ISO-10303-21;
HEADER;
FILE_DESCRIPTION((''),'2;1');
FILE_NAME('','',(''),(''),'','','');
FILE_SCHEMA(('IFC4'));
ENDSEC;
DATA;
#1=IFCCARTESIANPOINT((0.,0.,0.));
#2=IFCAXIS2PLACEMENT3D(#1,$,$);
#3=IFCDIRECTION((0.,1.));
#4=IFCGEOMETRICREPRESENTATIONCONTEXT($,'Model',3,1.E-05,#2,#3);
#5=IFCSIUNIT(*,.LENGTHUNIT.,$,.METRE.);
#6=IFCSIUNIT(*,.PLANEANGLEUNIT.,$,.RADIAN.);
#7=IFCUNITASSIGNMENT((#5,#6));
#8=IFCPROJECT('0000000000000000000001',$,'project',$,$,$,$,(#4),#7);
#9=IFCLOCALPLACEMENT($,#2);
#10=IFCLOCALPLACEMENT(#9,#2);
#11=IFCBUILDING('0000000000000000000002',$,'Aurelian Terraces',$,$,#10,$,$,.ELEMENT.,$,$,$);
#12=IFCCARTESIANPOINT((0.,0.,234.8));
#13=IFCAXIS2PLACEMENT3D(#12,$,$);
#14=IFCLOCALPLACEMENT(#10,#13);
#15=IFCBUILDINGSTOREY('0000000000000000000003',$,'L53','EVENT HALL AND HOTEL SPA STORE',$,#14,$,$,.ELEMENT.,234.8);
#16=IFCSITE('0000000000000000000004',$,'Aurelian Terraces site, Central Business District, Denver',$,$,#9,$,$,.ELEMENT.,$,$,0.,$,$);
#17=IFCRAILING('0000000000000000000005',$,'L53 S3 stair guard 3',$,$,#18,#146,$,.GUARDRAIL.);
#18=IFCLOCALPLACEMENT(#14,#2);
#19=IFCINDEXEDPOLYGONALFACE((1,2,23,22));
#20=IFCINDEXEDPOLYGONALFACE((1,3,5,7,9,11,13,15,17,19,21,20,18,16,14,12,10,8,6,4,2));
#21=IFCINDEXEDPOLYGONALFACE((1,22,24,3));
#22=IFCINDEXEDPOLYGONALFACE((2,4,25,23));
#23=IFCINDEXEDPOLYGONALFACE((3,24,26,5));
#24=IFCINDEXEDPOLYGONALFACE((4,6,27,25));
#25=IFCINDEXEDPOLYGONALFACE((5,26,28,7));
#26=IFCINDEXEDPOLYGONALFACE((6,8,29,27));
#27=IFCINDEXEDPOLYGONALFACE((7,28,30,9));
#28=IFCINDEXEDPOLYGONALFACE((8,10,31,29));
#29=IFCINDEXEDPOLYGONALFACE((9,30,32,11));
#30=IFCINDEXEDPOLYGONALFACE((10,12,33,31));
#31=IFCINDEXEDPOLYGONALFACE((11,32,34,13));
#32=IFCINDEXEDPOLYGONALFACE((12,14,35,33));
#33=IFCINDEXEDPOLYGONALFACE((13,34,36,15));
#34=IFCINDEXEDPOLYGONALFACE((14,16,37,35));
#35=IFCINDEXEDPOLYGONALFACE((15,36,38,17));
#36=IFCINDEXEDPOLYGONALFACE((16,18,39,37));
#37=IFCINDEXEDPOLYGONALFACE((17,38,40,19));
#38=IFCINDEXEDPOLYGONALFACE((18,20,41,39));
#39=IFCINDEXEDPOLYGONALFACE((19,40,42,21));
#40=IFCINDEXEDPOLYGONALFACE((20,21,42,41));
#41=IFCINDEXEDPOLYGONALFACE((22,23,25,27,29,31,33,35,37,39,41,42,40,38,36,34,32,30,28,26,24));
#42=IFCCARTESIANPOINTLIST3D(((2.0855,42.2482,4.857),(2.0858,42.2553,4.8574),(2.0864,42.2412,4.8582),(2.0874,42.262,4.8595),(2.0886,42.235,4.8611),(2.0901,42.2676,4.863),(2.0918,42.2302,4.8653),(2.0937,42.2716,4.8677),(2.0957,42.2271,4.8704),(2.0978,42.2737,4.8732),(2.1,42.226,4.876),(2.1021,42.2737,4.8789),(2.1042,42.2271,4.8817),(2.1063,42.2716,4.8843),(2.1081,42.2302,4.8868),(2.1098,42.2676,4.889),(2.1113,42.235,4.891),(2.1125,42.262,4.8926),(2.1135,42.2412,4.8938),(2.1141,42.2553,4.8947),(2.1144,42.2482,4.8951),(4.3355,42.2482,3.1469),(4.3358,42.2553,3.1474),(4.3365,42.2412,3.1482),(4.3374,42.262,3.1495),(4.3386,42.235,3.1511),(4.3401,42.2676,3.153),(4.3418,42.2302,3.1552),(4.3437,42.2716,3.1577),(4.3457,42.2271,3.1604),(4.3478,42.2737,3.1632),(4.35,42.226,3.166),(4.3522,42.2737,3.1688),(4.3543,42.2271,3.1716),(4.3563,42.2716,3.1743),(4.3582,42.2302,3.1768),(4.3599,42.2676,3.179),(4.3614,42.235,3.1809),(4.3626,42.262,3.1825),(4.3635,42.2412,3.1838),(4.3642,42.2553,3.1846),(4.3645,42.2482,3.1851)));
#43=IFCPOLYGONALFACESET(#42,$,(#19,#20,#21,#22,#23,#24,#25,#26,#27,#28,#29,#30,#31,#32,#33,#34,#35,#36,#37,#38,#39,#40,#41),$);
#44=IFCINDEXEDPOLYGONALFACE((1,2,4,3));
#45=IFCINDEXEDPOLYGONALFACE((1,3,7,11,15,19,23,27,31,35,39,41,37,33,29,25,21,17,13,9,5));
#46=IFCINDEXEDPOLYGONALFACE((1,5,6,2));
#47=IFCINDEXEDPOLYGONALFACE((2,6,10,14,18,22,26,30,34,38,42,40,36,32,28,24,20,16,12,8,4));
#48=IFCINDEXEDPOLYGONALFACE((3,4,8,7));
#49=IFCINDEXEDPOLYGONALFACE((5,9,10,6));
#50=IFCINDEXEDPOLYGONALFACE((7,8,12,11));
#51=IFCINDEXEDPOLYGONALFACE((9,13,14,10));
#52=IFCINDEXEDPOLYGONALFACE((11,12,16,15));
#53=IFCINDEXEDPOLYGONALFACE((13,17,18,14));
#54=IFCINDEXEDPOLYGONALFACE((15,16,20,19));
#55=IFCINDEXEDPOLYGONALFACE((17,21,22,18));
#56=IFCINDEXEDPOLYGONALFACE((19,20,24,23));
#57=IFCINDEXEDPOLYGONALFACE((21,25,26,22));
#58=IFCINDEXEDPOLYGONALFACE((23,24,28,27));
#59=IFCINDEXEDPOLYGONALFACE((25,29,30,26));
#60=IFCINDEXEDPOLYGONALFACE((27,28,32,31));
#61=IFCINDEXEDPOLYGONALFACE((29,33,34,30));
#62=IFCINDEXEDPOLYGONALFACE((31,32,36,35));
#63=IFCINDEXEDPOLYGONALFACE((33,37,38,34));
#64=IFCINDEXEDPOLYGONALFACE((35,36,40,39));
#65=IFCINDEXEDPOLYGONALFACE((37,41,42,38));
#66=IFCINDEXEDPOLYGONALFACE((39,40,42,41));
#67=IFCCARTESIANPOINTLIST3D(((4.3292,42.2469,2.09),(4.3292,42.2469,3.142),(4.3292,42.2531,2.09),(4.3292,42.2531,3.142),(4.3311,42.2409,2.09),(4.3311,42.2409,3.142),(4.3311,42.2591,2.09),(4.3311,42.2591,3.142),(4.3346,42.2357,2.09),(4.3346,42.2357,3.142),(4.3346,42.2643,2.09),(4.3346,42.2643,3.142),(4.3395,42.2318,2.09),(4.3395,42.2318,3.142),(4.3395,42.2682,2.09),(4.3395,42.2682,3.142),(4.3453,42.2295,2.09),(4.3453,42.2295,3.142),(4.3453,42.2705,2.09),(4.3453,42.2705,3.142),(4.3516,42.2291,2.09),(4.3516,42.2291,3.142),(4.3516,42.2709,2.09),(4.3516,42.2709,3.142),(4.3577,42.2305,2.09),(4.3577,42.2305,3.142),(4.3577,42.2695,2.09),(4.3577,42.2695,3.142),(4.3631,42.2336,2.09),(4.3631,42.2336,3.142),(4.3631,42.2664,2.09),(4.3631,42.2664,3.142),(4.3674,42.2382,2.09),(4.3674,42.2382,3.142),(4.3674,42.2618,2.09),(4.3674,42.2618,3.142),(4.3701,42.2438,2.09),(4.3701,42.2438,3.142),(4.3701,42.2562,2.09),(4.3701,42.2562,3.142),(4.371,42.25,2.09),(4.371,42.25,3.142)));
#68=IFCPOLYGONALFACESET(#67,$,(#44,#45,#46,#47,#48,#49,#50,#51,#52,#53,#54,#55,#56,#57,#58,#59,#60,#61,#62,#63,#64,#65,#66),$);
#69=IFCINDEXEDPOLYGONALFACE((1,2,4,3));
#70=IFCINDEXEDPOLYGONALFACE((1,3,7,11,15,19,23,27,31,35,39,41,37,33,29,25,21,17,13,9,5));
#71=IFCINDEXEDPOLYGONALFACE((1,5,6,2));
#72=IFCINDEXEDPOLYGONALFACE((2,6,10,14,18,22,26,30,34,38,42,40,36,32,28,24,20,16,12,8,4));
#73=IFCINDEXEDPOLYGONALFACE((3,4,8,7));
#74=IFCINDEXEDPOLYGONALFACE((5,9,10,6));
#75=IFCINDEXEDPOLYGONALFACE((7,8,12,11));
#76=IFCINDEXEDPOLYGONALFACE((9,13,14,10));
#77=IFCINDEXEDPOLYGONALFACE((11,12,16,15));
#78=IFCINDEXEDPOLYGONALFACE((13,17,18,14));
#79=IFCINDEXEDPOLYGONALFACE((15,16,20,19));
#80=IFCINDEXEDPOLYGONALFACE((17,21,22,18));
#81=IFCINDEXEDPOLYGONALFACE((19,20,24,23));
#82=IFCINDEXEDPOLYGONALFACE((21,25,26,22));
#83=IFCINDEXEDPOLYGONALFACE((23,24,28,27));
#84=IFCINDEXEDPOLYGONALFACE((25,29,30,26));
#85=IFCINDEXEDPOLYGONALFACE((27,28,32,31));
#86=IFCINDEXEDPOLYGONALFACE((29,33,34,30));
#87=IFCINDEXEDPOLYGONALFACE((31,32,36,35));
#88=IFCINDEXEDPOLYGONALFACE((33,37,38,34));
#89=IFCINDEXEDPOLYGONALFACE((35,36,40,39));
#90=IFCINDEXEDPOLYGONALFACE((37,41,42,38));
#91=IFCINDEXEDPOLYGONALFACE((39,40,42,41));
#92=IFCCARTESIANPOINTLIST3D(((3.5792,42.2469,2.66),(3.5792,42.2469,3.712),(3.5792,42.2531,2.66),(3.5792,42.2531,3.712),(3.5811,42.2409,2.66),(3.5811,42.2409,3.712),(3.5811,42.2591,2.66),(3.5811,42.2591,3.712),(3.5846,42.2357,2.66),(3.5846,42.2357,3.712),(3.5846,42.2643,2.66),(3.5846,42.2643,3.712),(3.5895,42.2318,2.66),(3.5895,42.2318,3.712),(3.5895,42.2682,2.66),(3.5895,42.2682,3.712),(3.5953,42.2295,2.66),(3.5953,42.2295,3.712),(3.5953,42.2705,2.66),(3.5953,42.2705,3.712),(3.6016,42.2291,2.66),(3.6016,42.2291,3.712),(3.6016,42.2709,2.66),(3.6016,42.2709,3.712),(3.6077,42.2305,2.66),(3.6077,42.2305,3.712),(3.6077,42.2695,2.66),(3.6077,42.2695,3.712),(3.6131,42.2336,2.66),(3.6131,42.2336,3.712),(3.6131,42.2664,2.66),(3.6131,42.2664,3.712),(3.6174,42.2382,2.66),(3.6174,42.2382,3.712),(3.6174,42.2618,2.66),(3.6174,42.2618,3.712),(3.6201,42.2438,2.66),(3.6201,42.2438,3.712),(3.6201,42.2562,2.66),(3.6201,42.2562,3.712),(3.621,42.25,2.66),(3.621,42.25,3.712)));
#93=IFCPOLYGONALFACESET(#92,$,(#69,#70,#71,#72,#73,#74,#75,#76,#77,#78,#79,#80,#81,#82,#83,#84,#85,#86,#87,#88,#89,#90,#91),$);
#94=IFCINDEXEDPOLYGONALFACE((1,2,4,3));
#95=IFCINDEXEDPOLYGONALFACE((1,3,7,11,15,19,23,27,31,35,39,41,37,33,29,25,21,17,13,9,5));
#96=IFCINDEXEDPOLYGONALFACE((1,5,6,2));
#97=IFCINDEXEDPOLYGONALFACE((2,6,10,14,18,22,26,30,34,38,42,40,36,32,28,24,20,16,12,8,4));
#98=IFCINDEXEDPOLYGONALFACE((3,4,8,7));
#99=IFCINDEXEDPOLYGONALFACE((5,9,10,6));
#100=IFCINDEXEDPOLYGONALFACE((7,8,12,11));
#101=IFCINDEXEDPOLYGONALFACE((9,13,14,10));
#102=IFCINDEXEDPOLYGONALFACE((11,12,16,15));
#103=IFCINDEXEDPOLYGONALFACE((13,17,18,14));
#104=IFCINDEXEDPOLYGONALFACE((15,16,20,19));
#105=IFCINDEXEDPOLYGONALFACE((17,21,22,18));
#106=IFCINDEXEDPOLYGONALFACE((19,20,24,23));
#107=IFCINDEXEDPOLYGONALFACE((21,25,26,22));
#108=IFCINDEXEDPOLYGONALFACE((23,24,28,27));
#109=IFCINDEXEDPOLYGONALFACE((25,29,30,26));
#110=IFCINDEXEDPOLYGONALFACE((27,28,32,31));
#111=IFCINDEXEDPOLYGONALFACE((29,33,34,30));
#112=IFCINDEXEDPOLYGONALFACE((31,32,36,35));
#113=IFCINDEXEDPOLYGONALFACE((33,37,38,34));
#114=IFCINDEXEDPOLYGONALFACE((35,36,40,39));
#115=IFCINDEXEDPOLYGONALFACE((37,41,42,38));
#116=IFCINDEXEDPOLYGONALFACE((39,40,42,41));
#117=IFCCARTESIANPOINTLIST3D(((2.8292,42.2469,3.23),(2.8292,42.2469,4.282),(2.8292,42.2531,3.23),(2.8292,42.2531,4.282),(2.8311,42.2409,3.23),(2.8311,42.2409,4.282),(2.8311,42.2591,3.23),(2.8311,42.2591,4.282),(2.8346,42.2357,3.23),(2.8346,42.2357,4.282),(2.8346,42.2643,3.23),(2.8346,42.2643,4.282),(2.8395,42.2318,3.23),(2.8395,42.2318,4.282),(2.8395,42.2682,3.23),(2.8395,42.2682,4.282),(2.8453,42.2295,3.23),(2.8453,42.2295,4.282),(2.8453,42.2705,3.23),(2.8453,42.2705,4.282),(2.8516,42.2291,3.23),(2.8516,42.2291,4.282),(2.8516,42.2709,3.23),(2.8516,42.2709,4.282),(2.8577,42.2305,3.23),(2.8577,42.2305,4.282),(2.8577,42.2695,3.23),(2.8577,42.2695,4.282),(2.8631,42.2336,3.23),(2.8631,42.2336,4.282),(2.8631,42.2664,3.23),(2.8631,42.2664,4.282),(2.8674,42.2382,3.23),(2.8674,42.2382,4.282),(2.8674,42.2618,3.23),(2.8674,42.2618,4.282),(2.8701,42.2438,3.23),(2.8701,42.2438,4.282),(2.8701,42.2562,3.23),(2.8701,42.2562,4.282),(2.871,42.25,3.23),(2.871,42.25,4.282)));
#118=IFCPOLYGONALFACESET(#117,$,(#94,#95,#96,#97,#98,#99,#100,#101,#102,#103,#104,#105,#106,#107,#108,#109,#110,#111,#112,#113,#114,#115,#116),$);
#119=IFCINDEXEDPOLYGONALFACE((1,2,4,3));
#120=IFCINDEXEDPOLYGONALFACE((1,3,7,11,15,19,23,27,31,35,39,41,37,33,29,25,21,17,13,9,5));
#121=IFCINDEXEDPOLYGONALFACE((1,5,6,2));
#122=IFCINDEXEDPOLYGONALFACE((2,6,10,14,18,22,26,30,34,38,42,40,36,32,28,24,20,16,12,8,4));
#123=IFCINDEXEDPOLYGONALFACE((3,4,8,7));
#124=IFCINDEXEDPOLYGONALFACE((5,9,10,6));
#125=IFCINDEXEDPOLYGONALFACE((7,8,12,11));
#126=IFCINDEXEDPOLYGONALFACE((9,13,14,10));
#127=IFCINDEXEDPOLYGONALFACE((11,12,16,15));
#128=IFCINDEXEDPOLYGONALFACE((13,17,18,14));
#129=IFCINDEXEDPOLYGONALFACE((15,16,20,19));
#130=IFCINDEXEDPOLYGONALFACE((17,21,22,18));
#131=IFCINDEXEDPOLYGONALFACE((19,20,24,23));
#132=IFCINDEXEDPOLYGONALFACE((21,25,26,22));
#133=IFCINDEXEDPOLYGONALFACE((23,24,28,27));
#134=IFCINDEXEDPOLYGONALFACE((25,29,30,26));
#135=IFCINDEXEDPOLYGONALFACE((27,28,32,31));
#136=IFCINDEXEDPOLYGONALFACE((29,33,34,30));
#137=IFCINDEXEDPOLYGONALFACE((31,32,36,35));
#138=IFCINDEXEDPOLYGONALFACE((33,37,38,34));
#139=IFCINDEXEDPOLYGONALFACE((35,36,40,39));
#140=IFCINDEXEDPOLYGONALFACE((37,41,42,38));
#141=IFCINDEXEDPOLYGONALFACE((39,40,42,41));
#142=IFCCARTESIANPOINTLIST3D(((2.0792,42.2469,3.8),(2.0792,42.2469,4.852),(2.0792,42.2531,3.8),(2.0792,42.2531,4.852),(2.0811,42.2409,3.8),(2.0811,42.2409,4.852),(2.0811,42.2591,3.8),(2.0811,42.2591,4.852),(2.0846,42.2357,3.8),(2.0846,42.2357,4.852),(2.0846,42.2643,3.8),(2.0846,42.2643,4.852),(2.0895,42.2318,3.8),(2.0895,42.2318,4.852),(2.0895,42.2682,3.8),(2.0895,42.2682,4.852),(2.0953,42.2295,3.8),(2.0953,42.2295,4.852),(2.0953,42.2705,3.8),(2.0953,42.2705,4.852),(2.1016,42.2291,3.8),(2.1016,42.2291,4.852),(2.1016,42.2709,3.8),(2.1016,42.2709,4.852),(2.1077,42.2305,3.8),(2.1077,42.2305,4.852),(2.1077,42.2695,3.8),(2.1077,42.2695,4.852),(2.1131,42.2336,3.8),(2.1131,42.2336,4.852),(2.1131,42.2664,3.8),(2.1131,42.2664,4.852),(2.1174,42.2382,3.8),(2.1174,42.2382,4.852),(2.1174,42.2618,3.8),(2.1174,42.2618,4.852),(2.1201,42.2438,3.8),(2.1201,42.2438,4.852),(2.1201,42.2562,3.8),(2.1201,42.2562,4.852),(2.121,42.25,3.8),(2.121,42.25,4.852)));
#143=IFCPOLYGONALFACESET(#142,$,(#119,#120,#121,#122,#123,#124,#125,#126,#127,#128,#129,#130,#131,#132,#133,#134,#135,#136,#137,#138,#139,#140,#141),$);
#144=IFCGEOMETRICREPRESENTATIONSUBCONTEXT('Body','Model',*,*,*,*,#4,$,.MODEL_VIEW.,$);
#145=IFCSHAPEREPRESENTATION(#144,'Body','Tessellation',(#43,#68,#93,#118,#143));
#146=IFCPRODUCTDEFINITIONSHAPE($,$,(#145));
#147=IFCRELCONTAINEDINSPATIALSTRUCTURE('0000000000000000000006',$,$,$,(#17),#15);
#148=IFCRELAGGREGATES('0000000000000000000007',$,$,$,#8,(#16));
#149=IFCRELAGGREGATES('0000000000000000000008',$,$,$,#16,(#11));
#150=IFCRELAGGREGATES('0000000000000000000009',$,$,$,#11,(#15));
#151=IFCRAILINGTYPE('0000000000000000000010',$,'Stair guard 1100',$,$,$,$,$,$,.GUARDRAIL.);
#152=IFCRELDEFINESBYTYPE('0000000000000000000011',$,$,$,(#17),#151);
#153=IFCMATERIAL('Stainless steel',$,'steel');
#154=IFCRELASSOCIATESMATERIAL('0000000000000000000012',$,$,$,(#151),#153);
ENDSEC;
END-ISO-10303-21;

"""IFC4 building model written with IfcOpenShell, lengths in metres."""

from ifc_helpers import new_model, si_unit, direction, frame, origin, origin_2d, place, context, subcontext, project, spatial, circle, extrude, source, transform, mapped, material, type_object, element, save


model = new_model("IFC4")

# Units and contexts
model_context = context("Model", 3, precision=1e-05, world=origin(), true_north=direction((0.0, 1.0)))
body_context = subcontext(model_context, "Body", "Model", "MODEL_VIEW")
ifc_project = project(units=[si_unit("LENGTHUNIT", "METRE"), si_unit("PLANEANGLEUNIT", "RADIAN")], contexts=[model_context])

# Site, building, storey
site_placement = place(None, origin())
site = spatial("IfcSite", under=ifc_project, at=site_placement, Name="Aurelian Terraces site, Central Business District, Denver", CompositionType="ELEMENT", RefElevation=0.0)
building_placement = place(site_placement, origin())
building = spatial("IfcBuilding", under=site, at=building_placement, Name="Aurelian Terraces", CompositionType="ELEMENT")
storey_placement = place(building_placement, frame((0.0, 0.0, 234.8)))
storey = spatial("IfcBuildingStorey", under=building, at=storey_placement, Name="L53", Description="EVENT HALL AND HOTEL SPA STORE", CompositionType="ELEMENT", Elevation=234.8)

# Railing
ifc_material_1 = material(Name="Stainless steel", Category="steel")
railing_type_1 = type_object("IfcRailingType", Name="Stair guard 1100", PredefinedType="GUARDRAIL", material=ifc_material_1)
shared_shape_1 = source(origin(), body_context, "Body", "SweptSolid", [
    extrude(circle(Radius=0.024, at=origin_2d()), frame((0.0, 0.0, 1.076), z_axis=(-0.796162, 0.0, 0.605083), x_axis=(0.0, -1.0, 0.0)), (0.0, 0.0, 1.0), 2.8261),
    extrude(circle(Radius=0.021, at=origin_2d()), origin(), (0.0, 0.0, 1.0), 1.052),
    extrude(circle(Radius=0.021, at=origin_2d()), frame((-0.75, 0.0, 0.57)), (0.0, 0.0, 1.0), 1.052),
    extrude(circle(Radius=0.021, at=origin_2d()), frame((-1.5, 0.0, 1.14)), (0.0, 0.0, 1.0), 1.052),
    extrude(circle(Radius=0.021, at=origin_2d()), frame((-2.25, 0.0, 1.71)), (0.0, 0.0, 1.0), 1.052),
])
railing_1_placement = place(storey_placement, frame((4.35, 42.25, 2.09)))
element("IfcRailing", 1, at=railing_1_placement, inside=storey, type_object=railing_type_1, Name="L53 S3 stair guard 3", PredefinedType="GUARDRAIL", context=body_context, shape_type="MappedRepresentation", body=[
    mapped(shared_shape_1, transform((0.0, 0.0, 0.0), scale=1.0)),
])

save(model, "model.ifc")
